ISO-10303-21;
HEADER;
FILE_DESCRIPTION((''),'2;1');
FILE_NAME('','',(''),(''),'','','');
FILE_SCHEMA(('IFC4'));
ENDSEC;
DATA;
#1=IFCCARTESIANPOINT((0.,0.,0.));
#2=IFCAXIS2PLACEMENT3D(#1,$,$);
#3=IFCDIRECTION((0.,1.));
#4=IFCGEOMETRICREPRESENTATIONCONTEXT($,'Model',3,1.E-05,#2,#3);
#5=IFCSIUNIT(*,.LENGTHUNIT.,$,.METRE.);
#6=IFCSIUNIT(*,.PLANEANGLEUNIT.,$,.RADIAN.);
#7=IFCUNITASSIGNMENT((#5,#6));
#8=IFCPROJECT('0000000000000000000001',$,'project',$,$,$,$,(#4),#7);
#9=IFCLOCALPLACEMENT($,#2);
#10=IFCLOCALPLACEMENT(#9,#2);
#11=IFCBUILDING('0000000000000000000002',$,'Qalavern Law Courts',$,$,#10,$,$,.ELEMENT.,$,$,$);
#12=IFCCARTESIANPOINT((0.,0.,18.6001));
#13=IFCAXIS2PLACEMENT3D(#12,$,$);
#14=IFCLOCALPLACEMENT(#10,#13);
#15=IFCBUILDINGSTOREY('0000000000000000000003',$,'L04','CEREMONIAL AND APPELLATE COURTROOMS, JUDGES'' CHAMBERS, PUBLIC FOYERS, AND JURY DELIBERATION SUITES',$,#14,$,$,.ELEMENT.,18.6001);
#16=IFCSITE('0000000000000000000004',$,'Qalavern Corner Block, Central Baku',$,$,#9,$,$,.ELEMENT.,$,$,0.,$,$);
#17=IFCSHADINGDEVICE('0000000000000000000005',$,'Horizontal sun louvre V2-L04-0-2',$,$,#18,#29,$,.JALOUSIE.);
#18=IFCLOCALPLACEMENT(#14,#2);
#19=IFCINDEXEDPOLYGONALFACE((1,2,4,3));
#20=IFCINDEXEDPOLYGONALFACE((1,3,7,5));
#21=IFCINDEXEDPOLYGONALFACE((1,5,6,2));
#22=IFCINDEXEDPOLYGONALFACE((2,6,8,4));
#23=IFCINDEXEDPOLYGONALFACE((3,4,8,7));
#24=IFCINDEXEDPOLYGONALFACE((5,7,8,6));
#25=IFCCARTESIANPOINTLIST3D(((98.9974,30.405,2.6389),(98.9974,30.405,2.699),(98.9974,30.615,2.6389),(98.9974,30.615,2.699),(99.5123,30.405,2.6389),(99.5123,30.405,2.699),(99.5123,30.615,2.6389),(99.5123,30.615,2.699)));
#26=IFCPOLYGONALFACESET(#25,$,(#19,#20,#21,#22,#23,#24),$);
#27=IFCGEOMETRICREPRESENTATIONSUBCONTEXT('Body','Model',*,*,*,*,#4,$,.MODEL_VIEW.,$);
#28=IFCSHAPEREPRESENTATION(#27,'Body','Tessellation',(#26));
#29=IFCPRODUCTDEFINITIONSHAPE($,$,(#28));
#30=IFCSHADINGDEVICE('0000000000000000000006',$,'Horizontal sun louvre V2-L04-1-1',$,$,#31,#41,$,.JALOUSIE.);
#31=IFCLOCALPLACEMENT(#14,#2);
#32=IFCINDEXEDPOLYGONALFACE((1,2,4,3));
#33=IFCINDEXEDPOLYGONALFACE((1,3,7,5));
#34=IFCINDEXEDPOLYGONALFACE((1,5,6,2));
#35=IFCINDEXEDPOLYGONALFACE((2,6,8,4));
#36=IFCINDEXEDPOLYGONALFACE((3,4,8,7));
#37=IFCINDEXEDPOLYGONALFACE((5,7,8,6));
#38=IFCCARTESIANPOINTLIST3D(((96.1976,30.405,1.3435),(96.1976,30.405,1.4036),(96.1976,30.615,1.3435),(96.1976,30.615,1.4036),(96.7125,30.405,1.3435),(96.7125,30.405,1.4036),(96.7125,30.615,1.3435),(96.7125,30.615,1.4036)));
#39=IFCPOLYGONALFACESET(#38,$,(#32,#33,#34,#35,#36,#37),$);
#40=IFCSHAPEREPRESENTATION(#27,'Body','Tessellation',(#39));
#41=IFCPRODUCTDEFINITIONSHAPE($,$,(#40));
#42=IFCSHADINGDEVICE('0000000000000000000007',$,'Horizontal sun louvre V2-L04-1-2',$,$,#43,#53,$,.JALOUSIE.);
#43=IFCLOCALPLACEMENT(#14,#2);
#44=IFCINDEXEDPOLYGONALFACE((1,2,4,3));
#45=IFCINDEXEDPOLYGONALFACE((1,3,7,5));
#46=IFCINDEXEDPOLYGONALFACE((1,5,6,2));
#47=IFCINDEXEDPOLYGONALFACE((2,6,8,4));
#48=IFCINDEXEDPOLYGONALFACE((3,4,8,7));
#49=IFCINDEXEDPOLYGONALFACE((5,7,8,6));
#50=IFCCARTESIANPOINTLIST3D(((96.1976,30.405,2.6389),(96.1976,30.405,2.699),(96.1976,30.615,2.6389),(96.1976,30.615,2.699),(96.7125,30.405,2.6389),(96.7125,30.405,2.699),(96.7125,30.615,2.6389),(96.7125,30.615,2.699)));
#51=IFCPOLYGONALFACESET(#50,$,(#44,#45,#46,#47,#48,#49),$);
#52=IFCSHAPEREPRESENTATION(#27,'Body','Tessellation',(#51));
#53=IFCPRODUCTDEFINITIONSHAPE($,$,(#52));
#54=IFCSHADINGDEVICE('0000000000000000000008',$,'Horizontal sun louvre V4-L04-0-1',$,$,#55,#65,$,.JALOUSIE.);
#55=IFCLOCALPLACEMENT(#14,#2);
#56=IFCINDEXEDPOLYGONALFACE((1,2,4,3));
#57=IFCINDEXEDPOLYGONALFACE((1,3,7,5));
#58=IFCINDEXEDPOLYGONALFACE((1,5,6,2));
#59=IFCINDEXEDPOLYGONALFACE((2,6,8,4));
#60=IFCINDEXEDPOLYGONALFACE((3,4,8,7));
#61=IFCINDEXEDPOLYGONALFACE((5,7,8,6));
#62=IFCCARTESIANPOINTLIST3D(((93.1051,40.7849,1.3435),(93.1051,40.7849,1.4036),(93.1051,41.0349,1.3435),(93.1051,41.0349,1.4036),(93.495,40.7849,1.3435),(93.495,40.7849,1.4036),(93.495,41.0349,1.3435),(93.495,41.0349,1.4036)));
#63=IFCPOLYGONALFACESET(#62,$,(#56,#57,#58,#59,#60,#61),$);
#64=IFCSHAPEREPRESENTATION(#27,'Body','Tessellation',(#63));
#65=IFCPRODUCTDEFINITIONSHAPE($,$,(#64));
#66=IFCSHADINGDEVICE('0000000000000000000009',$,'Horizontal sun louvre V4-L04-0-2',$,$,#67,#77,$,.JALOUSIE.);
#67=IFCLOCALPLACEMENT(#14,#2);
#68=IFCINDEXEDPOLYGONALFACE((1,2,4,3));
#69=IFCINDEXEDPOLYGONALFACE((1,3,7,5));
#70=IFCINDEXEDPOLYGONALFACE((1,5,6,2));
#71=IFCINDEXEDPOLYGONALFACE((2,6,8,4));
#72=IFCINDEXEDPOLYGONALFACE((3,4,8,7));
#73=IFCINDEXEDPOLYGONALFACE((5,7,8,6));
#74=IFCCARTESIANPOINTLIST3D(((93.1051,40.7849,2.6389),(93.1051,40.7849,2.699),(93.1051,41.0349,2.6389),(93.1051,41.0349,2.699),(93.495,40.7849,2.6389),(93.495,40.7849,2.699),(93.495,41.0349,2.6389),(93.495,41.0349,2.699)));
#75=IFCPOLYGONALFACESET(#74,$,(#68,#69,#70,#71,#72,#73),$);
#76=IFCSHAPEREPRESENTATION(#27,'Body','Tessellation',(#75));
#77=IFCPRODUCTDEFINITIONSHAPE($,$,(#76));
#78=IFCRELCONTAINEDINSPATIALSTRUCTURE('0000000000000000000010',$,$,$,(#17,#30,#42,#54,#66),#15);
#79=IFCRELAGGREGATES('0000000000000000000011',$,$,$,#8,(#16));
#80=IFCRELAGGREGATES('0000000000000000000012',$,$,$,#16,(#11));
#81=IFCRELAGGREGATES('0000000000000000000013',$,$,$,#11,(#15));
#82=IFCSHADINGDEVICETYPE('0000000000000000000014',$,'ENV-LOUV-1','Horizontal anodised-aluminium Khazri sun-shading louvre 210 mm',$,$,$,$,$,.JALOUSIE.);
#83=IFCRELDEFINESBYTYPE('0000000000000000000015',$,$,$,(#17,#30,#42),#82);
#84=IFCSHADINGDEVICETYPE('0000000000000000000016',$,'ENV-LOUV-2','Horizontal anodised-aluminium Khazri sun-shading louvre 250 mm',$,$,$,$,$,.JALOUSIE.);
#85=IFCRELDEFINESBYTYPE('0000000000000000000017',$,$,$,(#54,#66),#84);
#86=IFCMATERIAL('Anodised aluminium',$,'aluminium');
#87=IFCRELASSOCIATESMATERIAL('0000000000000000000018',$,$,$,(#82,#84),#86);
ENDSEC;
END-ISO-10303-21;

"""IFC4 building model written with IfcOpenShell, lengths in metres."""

from ifc_helpers import new_model, si_unit, direction, frame, origin, origin_2d, place, context, subcontext, project, spatial, rectangle, extrude, material, type_object, element, save


model = new_model("IFC4")

# Units and contexts
model_context = context("Model", 3, precision=1e-05, world=origin(), true_north=direction((0.0, 1.0)))
body_context = subcontext(model_context, "Body", "Model", "MODEL_VIEW")
ifc_project = project(units=[si_unit("LENGTHUNIT", "METRE"), si_unit("PLANEANGLEUNIT", "RADIAN")], contexts=[model_context])

# Site, building, storey
site_placement = place(None, origin())
site = spatial("IfcSite", under=ifc_project, at=site_placement, Name="Qalavern Corner Block, Central Baku", CompositionType="ELEMENT", RefElevation=0.0)
building_placement = place(site_placement, origin())
building = spatial("IfcBuilding", under=site, at=building_placement, Name="Qalavern Law Courts", CompositionType="ELEMENT")
storey_placement = place(building_placement, frame((0.0, 0.0, 18.6001)))
storey = spatial("IfcBuildingStorey", under=building, at=storey_placement, Name="L04", Description="CEREMONIAL AND APPELLATE COURTROOMS, JUDGES' CHAMBERS, PUBLIC FOYERS, AND JURY DELIBERATION SUITES", CompositionType="ELEMENT", Elevation=18.6001)

# Shared definitions
ifc_material_1 = material(Name="Anodised aluminium", Category="aluminium")

# Shading devices
shading_device_type_1 = type_object("IfcShadingDeviceType", Name="ENV-LOUV-1", Description="Horizontal anodised-aluminium Khazri sun-shading louvre 210 mm", PredefinedType="JALOUSIE", material=ifc_material_1)
for number, where, z_axis, x_axis, name in (
    (1, (99.2549, 30.51, 2.6389), (0.0, 0.0, 1.0), (-1.0, 0.0, 0.0), "Horizontal sun louvre V2-L04-0-2"),
    (2, (96.4551, 30.51, 1.3435), (0.0, 0.0, 1.0), (-1.0, 0.0, 0.0), "Horizontal sun louvre V2-L04-1-1"),
    (3, (96.4551, 30.51, 2.6389), (0.0, 0.0, 1.0), (-1.0, 0.0, 0.0), "Horizontal sun louvre V2-L04-1-2"),
):
    element("IfcShadingDevice", number, at=place(storey_placement, frame(where, z_axis=z_axis, x_axis=x_axis)), inside=storey, type_object=shading_device_type_1, Name=name, PredefinedType="JALOUSIE", context=body_context, shape_type="SweptSolid", body=[
        extrude(rectangle(XDim=0.5149, YDim=0.21, at=origin_2d()), origin(), (0.0, 0.0, 1.0), 0.0601),
    ])
shading_device_type_2 = type_object("IfcShadingDeviceType", Name="ENV-LOUV-2", Description="Horizontal anodised-aluminium Khazri sun-shading louvre 250 mm", PredefinedType="JALOUSIE", material=ifc_material_1)
for number, where, z_axis, x_axis, name in (
    (4, (93.3, 40.9099, 1.3435), (0.0, 0.0, 1.0), (1.0, 0.0, 0.0), "Horizontal sun louvre V4-L04-0-1"),
    (5, (93.3, 40.9099, 2.6389), (0.0, 0.0, 1.0), (1.0, 0.0, 0.0), "Horizontal sun louvre V4-L04-0-2"),
):
    element("IfcShadingDevice", number, at=place(storey_placement, frame(where, z_axis=z_axis, x_axis=x_axis)), inside=storey, type_object=shading_device_type_2, Name=name, PredefinedType="JALOUSIE", context=body_context, shape_type="SweptSolid", body=[
        extrude(rectangle(XDim=0.3899, YDim=0.25, at=origin_2d()), origin(), (0.0, 0.0, 1.0), 0.0601),
    ])

save(model, "model.ifc")
